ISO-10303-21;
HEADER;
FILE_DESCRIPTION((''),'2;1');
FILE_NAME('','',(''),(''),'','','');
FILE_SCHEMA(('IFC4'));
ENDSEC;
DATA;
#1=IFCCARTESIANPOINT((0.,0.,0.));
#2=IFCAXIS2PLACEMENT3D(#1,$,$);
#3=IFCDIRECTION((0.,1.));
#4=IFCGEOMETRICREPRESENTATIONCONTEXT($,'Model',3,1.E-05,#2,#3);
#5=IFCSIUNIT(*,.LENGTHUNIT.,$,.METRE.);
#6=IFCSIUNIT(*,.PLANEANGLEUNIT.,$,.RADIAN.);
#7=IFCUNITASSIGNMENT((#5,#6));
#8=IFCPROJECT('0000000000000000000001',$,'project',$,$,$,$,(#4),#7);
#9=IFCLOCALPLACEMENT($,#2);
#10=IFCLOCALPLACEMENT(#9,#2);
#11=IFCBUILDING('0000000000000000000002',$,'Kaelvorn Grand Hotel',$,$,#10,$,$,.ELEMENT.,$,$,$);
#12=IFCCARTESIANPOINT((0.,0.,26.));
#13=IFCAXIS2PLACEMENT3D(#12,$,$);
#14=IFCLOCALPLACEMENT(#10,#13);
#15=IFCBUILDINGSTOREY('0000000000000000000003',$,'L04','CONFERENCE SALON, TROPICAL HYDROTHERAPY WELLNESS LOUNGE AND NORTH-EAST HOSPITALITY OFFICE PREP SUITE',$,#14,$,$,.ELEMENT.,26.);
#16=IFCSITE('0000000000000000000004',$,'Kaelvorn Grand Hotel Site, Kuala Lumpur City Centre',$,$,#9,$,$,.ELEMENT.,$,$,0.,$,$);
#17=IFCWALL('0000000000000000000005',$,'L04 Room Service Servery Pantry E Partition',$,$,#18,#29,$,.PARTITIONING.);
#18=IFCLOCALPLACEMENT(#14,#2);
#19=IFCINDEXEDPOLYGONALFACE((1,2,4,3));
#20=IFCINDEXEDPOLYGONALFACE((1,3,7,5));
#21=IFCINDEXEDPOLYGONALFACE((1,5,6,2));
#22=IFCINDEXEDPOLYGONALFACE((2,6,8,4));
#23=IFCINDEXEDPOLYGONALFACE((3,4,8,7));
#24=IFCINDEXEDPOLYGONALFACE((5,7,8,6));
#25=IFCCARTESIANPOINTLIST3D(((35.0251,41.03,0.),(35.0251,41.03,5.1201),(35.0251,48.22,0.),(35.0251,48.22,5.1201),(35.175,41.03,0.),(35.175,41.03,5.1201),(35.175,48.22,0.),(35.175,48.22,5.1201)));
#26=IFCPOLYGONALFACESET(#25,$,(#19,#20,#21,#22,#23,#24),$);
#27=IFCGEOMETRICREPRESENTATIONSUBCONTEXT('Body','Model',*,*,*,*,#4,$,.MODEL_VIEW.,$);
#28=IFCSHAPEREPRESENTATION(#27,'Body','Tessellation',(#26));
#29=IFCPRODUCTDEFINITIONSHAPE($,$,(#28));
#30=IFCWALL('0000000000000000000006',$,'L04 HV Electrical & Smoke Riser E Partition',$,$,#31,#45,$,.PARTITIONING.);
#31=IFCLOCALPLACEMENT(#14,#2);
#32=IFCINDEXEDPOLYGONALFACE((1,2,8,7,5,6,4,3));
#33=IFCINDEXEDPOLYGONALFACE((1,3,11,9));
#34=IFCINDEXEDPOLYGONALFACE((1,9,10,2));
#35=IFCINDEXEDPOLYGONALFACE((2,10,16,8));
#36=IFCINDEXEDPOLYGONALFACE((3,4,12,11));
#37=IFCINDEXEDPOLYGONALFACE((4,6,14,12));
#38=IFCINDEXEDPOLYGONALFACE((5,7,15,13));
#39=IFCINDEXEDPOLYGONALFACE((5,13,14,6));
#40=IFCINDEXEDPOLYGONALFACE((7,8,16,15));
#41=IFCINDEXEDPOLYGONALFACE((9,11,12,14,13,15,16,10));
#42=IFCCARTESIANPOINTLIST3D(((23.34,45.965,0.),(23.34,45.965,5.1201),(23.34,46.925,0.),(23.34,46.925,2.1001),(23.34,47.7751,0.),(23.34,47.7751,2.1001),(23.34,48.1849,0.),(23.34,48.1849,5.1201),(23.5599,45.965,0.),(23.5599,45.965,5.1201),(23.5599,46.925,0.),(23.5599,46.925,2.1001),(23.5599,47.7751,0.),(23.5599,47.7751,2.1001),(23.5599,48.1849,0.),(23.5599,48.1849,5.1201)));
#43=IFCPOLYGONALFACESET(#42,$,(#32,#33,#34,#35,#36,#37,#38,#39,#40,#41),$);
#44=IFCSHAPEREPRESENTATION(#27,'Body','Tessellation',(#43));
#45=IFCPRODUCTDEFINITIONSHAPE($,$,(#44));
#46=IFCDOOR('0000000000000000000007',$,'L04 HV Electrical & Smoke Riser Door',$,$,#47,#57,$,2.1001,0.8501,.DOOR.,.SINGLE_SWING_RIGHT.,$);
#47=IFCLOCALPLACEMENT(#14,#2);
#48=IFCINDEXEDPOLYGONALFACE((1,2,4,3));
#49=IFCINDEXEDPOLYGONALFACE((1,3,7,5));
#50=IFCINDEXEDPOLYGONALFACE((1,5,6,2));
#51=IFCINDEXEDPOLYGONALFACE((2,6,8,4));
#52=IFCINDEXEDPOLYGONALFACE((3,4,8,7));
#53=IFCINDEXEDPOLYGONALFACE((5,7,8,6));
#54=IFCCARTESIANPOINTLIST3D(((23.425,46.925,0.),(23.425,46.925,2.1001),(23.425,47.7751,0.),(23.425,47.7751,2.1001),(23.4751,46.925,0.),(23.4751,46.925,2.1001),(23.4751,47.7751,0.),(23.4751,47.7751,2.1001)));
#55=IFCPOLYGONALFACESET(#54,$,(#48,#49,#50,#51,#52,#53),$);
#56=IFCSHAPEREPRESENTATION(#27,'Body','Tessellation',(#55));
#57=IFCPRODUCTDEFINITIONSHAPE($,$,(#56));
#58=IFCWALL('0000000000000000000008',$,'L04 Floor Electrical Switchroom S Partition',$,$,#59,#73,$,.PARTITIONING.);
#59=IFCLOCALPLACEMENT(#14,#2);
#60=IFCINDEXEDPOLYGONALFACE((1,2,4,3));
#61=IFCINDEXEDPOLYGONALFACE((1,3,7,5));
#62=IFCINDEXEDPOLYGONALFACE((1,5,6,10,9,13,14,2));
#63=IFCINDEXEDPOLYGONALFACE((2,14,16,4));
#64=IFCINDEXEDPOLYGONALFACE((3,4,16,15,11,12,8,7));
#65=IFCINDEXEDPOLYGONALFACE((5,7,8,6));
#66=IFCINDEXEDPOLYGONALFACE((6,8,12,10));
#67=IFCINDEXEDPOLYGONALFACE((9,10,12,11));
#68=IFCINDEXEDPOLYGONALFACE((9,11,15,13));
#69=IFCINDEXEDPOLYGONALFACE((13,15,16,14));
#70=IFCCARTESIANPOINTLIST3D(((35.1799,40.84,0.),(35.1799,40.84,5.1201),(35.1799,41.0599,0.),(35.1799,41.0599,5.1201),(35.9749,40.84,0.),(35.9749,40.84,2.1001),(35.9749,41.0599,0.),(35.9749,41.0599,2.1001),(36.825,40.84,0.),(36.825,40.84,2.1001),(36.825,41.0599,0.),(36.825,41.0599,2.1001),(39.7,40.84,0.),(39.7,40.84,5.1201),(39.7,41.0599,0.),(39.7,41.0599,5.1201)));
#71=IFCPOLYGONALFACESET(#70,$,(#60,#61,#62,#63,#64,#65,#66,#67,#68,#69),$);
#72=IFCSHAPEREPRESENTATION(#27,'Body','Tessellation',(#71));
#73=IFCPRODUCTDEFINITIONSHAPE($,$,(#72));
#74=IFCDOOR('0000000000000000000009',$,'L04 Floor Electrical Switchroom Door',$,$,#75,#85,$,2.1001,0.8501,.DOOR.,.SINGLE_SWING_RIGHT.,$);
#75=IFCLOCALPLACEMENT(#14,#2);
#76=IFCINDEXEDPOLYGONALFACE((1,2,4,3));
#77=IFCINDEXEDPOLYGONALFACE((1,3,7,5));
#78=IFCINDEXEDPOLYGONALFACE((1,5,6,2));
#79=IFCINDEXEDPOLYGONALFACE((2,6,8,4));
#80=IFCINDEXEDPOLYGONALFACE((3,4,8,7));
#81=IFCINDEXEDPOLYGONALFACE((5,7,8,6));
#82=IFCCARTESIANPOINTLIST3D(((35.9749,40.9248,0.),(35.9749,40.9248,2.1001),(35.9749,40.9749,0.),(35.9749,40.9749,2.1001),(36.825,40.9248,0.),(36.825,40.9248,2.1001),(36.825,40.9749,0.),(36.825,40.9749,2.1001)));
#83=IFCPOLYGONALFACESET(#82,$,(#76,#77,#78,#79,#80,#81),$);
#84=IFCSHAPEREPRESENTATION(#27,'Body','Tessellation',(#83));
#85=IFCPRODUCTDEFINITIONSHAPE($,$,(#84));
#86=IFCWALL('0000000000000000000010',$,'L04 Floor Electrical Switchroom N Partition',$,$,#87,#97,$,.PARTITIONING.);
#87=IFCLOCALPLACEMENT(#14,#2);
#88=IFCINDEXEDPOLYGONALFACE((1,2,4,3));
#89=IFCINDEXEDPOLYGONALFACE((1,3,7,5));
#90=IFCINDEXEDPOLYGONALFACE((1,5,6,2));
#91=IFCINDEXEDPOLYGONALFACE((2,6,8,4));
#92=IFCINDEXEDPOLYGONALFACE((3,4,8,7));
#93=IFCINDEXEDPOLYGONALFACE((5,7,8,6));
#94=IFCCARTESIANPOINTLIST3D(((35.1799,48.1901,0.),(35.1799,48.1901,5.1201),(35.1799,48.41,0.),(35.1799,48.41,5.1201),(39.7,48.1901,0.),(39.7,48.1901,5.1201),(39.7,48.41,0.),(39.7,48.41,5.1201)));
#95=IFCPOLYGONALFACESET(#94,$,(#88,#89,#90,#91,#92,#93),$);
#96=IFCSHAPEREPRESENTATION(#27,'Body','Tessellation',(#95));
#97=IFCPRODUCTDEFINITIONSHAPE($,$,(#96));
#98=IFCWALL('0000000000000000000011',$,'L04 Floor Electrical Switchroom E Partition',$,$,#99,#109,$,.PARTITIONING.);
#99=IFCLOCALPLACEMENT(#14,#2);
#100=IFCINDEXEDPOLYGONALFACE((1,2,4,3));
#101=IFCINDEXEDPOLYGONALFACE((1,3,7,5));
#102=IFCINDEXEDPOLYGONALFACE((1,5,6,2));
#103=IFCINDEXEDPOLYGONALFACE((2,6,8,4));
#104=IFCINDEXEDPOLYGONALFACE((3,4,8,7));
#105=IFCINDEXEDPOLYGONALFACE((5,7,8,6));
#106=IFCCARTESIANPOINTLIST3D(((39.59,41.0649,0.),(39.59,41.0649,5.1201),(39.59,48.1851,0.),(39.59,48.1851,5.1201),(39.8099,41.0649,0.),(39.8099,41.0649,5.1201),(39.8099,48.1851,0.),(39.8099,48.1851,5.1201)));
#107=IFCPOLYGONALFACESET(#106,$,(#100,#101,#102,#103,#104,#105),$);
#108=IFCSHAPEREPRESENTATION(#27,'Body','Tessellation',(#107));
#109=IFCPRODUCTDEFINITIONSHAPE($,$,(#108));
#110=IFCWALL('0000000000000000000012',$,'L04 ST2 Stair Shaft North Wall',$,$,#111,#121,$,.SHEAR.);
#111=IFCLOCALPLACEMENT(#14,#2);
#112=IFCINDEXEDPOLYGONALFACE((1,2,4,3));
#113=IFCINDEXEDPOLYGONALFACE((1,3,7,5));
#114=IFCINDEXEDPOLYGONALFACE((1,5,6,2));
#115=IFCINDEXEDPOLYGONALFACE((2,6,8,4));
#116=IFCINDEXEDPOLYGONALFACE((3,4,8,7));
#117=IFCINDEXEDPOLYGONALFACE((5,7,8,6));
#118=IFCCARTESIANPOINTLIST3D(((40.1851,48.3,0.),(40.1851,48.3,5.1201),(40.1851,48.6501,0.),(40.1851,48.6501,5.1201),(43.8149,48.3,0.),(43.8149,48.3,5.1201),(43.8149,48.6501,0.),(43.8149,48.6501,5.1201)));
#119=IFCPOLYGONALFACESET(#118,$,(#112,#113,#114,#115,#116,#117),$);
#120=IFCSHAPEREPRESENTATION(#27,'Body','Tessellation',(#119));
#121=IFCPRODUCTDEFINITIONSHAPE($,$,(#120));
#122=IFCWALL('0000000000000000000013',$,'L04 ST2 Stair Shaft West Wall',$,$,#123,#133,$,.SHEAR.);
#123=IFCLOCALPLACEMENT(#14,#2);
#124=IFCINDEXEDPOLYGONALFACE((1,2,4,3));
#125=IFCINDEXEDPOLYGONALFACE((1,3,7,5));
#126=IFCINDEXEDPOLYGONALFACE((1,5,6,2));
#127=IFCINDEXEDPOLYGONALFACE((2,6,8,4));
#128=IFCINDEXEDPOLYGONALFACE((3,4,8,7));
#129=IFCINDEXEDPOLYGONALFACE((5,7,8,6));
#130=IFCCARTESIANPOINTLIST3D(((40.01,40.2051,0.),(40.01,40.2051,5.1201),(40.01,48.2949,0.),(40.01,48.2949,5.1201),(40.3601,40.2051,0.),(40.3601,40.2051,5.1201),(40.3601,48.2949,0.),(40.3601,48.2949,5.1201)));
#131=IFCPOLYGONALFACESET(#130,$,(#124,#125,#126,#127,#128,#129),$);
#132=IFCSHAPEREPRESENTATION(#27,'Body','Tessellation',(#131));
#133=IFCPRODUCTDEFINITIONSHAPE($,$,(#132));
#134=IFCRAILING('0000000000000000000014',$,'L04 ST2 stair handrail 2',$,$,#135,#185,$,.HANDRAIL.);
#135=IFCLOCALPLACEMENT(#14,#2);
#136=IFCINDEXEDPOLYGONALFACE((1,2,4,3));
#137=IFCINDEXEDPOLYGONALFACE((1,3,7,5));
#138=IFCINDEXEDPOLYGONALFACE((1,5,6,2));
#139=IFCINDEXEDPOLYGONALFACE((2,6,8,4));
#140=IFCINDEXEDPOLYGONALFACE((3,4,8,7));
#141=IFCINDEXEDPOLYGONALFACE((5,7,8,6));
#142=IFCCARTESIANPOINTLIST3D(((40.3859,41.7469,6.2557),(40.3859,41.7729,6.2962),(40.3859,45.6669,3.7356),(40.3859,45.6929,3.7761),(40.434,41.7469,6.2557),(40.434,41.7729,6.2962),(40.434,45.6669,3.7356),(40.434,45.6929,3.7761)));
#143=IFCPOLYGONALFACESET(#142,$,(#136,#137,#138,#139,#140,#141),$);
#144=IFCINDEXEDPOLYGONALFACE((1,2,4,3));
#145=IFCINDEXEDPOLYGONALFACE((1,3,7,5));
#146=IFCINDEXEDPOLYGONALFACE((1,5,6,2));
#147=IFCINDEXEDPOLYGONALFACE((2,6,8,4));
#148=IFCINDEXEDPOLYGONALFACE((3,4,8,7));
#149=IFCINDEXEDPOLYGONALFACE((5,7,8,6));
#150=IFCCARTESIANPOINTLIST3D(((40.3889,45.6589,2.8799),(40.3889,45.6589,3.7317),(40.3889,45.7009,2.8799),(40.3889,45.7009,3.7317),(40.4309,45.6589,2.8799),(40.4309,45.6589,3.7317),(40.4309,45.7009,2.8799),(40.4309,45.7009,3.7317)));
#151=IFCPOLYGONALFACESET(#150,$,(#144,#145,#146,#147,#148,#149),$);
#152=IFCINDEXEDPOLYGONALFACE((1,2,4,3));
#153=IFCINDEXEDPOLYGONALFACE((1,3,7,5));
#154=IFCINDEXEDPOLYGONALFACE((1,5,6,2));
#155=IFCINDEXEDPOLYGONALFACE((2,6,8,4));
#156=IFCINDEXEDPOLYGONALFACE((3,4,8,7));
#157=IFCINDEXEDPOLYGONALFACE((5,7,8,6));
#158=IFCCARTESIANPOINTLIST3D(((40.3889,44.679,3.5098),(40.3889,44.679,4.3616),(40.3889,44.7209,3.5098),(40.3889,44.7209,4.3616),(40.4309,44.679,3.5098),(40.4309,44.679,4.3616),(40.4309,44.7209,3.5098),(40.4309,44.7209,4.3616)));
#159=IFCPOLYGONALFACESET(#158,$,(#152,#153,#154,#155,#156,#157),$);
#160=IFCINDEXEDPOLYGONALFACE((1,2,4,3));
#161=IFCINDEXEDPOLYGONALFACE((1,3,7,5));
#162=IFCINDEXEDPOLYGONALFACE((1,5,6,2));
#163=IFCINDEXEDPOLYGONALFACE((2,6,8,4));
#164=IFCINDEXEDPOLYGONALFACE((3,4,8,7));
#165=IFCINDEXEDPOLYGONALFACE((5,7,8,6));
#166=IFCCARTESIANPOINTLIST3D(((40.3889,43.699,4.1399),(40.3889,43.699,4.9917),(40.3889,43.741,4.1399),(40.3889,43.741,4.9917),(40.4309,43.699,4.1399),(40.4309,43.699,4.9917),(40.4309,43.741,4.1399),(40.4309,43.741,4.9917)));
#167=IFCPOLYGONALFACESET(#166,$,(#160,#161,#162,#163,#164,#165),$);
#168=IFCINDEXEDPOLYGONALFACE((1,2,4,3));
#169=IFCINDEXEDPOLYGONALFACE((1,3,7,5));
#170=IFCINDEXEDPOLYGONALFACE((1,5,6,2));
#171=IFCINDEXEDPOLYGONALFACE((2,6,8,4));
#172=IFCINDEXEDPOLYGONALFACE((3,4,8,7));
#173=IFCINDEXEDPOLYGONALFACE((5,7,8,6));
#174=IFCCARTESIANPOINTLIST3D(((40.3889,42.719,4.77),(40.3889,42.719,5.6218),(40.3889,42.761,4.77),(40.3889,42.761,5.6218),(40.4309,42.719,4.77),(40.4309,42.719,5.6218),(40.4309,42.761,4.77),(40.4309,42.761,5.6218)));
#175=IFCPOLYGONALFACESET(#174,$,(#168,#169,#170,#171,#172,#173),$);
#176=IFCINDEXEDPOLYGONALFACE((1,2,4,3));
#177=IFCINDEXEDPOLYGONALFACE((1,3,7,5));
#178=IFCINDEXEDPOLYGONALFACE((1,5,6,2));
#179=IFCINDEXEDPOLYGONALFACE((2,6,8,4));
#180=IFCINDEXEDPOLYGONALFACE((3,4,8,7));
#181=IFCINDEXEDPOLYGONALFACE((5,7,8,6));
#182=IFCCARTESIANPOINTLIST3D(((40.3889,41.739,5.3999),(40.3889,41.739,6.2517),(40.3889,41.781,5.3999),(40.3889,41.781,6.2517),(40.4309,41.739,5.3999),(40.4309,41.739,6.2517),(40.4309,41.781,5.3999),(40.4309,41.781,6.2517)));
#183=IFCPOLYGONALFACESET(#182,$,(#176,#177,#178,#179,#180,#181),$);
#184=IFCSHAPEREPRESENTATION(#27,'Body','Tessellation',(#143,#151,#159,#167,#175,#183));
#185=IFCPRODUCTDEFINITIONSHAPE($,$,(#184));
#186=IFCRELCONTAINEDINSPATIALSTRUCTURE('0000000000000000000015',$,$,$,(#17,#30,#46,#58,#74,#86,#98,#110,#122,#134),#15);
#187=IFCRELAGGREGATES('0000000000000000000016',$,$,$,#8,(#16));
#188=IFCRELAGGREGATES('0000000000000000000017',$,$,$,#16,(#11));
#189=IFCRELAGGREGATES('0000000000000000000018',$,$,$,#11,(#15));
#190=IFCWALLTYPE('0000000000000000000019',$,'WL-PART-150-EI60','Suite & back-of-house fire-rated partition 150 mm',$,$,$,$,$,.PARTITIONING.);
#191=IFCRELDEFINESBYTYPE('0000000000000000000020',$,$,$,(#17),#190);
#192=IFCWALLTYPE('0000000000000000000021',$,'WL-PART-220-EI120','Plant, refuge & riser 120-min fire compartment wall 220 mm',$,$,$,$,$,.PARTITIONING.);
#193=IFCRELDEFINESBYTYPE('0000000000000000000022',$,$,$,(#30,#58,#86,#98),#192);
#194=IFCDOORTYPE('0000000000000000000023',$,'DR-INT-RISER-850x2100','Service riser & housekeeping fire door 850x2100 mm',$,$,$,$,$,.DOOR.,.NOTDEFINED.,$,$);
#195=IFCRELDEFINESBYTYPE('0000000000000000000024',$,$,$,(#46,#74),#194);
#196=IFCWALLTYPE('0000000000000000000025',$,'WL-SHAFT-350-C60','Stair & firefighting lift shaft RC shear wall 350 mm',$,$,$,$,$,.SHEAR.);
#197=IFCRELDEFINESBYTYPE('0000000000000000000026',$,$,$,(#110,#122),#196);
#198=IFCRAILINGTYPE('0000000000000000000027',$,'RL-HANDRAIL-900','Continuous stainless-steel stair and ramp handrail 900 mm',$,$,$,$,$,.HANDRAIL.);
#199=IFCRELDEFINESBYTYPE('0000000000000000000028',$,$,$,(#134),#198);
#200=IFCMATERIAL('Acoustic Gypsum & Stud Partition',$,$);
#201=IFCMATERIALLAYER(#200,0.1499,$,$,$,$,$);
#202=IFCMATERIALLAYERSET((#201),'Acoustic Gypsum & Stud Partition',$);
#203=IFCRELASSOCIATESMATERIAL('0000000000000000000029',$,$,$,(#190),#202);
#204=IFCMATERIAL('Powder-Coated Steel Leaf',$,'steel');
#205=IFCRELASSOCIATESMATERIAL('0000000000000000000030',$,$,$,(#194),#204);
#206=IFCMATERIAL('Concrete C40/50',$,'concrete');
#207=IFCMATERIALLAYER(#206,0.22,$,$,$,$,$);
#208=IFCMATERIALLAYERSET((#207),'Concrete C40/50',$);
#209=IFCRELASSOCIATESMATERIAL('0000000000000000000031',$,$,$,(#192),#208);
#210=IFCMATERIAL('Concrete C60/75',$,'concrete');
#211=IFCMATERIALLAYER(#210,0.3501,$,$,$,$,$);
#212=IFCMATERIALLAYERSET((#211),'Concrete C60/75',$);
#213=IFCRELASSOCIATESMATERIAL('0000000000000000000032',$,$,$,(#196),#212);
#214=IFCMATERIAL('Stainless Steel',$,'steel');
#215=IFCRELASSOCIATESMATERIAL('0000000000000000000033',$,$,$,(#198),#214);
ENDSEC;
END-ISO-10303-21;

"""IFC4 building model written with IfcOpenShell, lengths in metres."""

from ifc_helpers import new_model, si_unit, direction, frame, frame_2d, origin, origin_2d, place, context, subcontext, project, spatial, rectangle, extrude, material, layer, layer_set, type_object, element, fill, save


model = new_model("IFC4")

# Units and contexts
model_context = context("Model", 3, precision=1e-05, world=origin(), true_north=direction((0.0, 1.0)))
body_context = subcontext(model_context, "Body", "Model", "MODEL_VIEW")
ifc_project = project(units=[si_unit("LENGTHUNIT", "METRE"), si_unit("PLANEANGLEUNIT", "RADIAN")], contexts=[model_context])

# Site, building, storey
site_placement = place(None, origin())
site = spatial("IfcSite", under=ifc_project, at=site_placement, Name="Kaelvorn Grand Hotel Site, Kuala Lumpur City Centre", CompositionType="ELEMENT", RefElevation=0.0)
building_placement = place(site_placement, origin())
building = spatial("IfcBuilding", under=site, at=building_placement, Name="Kaelvorn Grand Hotel", CompositionType="ELEMENT")
storey_placement = place(building_placement, frame((0.0, 0.0, 26.0)))
storey = spatial("IfcBuildingStorey", under=building, at=storey_placement, Name="L04", Description="CONFERENCE SALON, TROPICAL HYDROTHERAPY WELLNESS LOUNGE AND NORTH-EAST HOSPITALITY OFFICE PREP SUITE", CompositionType="ELEMENT", Elevation=26.0)

# Shared definitions
ifc_material_1 = material(Name="Concrete C60/75", Category="concrete")

# Shared definitions
ifc_material_2 = material(Name="Acoustic Gypsum & Stud Partition")
ifc_layer_1 = layer(ifc_material_2, 0.1499)
ifc_layer_set_1 = layer_set([ifc_layer_1], Name="Acoustic Gypsum & Stud Partition")
wall_type_1 = type_object("IfcWallType", Name="WL-PART-150-EI60", Description="Suite & back-of-house fire-rated partition 150 mm", PredefinedType="PARTITIONING", material=ifc_layer_set_1)
ifc_material_3 = material(Name="Powder-Coated Steel Leaf", Category="steel")
door_type_1 = type_object("IfcDoorType", Name="DR-INT-RISER-850x2100", Description="Service riser & housekeeping fire door 850x2100 mm", OperationType="NOTDEFINED", PredefinedType="DOOR", material=ifc_material_3)

# Wall
wall_1_placement = place(storey_placement, frame((35.1001, 41.03, 0.0), z_axis=(0.0, 0.0, 1.0), x_axis=(0.0, 1.0, 0.0)))
element("IfcWall", 1, at=wall_1_placement, inside=storey, type_object=wall_type_1, Name="L04 Room Service Servery Pantry E Partition", PredefinedType="PARTITIONING", context=body_context, shape_type="SweptSolid", body=[
    extrude(rectangle(XDim=7.1899, YDim=0.1499, at=frame_2d((3.595, 0.0))), origin(), (0.0, 0.0, 1.0), 5.1201),
])

# Walls, openings, doors
ifc_material_4 = material(Name="Concrete C40/50", Category="concrete")
ifc_layer_2 = layer(ifc_material_4, 0.22)
ifc_layer_set_2 = layer_set([ifc_layer_2], Name="Concrete C40/50")
wall_type_2 = type_object("IfcWallType", Name="WL-PART-220-EI120", Description="Plant, refuge & riser 120-min fire compartment wall 220 mm", PredefinedType="PARTITIONING", material=ifc_layer_set_2)
wall_2_placement = place(storey_placement, frame((23.45, 45.9651, 0.0), z_axis=(0.0, 0.0, 1.0), x_axis=(0.0, 1.0, 0.0)))
wall_2 = element("IfcWall", 2, at=wall_2_placement, inside=storey, type_object=wall_type_2, Name="L04 HV Electrical & Smoke Riser E Partition", PredefinedType="PARTITIONING", context=body_context, shape_type="SweptSolid", body=[
    extrude(rectangle(XDim=2.22, YDim=0.22, at=frame_2d((1.1099, 0.0))), origin(), (0.0, 0.0, 1.0), 5.1201),
])
opening_1_placement = place(wall_2_placement, frame((0.96, 0.0, 0.0)))
opening_1 = element("IfcOpeningElement", 3, at=opening_1_placement, cuts=wall_2, PredefinedType="OPENING", context=body_context, shape_type="SweptSolid", body=[
    extrude(rectangle(XDim=0.8501, YDim=2.1001, at=frame_2d((0.425, 1.05))), frame((0.0, 0.1201, 0.0), z_axis=(0.0, -1.0, 0.0), x_axis=(1.0, 0.0, 0.0)), (0.0, 0.0, 1.0), 0.24),
])
door_1_placement = place(opening_1_placement, origin())
door_1 = element("IfcDoor", 4, at=door_1_placement, inside=storey, type_object=door_type_1, Name="L04 HV Electrical & Smoke Riser Door", OperationType="SINGLE_SWING_RIGHT", OverallHeight=2.1001, OverallWidth=0.8501, PredefinedType="DOOR", context=body_context, shape_type="SweptSolid", body=[
    extrude(rectangle(XDim=0.8501, YDim=2.1001, at=frame_2d((0.425, 1.05))), frame((0.0, 0.0249, 0.0), z_axis=(0.0, -1.0, 0.0), x_axis=(1.0, 0.0, 0.0)), (0.0, 0.0, 1.0), 0.05),
])
fill(opening_1, door_1)
wall_3_placement = place(storey_placement, frame((35.1799, 40.95, 0.0), z_axis=(0.0, 0.0, 1.0), x_axis=(1.0, 0.0, 0.0)))
wall_3 = element("IfcWall", 5, at=wall_3_placement, inside=storey, type_object=wall_type_2, Name="L04 Floor Electrical Switchroom S Partition", PredefinedType="PARTITIONING", context=body_context, shape_type="SweptSolid", body=[
    extrude(rectangle(XDim=4.52, YDim=0.22, at=frame_2d((2.26, 0.0))), origin(), (0.0, 0.0, 1.0), 5.1201),
])
opening_2_placement = place(wall_3_placement, frame((0.7949, 0.0, 0.0)))
opening_2 = element("IfcOpeningElement", 6, at=opening_2_placement, cuts=wall_3, PredefinedType="OPENING", context=body_context, shape_type="SweptSolid", body=[
    extrude(rectangle(XDim=0.8501, YDim=2.1001, at=frame_2d((0.425, 1.05))), frame((0.0, 0.1201, 0.0), z_axis=(0.0, -1.0, 0.0), x_axis=(1.0, 0.0, 0.0)), (0.0, 0.0, 1.0), 0.24),
])
door_2_placement = place(opening_2_placement, origin())
door_2 = element("IfcDoor", 7, at=door_2_placement, inside=storey, type_object=door_type_1, Name="L04 Floor Electrical Switchroom Door", OperationType="SINGLE_SWING_RIGHT", OverallHeight=2.1001, OverallWidth=0.8501, PredefinedType="DOOR", context=body_context, shape_type="SweptSolid", body=[
    extrude(rectangle(XDim=0.8501, YDim=2.1001, at=frame_2d((0.425, 1.05))), frame((0.0, 0.0249, 0.0), z_axis=(0.0, -1.0, 0.0), x_axis=(1.0, 0.0, 0.0)), (0.0, 0.0, 1.0), 0.05),
])
fill(opening_2, door_2)

# Walls
wall_4_placement = place(storey_placement, frame((35.1799, 48.3, 0.0), z_axis=(0.0, 0.0, 1.0), x_axis=(1.0, 0.0, 0.0)))
element("IfcWall", 8, at=wall_4_placement, inside=storey, type_object=wall_type_2, Name="L04 Floor Electrical Switchroom N Partition", PredefinedType="PARTITIONING", context=body_context, shape_type="SweptSolid", body=[
    extrude(rectangle(XDim=4.52, YDim=0.22, at=frame_2d((2.26, 0.0))), origin(), (0.0, 0.0, 1.0), 5.1201),
])
wall_5_placement = place(storey_placement, frame((39.7, 41.0649, 0.0), z_axis=(0.0, 0.0, 1.0), x_axis=(0.0, 1.0, 0.0)))
element("IfcWall", 9, at=wall_5_placement, inside=storey, type_object=wall_type_2, Name="L04 Floor Electrical Switchroom E Partition", PredefinedType="PARTITIONING", context=body_context, shape_type="SweptSolid", body=[
    extrude(rectangle(XDim=7.1201, YDim=0.22, at=frame_2d((3.5601, 0.0))), origin(), (0.0, 0.0, 1.0), 5.1201),
])
ifc_layer_3 = layer(ifc_material_1, 0.3501)
ifc_layer_set_3 = layer_set([ifc_layer_3], Name="Concrete C60/75")
wall_type_3 = type_object("IfcWallType", Name="WL-SHAFT-350-C60", Description="Stair & firefighting lift shaft RC shear wall 350 mm", PredefinedType="SHEAR", material=ifc_layer_set_3)
wall_6_placement = place(storey_placement, frame((40.1851, 48.4751, 0.0), z_axis=(0.0, 0.0, 1.0), x_axis=(1.0, 0.0, 0.0)))
element("IfcWall", 10, at=wall_6_placement, inside=storey, type_object=wall_type_3, Name="L04 ST2 Stair Shaft North Wall", PredefinedType="SHEAR", context=body_context, shape_type="SweptSolid", body=[
    extrude(rectangle(XDim=3.6299, YDim=0.3501, at=frame_2d((1.8149, 0.0))), origin(), (0.0, 0.0, 1.0), 5.1201),
])
wall_7_placement = place(storey_placement, frame((40.1851, 40.2051, 0.0), z_axis=(0.0, 0.0, 1.0), x_axis=(0.0, 1.0, 0.0)))
element("IfcWall", 11, at=wall_7_placement, inside=storey, type_object=wall_type_3, Name="L04 ST2 Stair Shaft West Wall", PredefinedType="SHEAR", context=body_context, shape_type="SweptSolid", body=[
    extrude(rectangle(XDim=8.0898, YDim=0.3501, at=frame_2d((4.0449, 0.0))), origin(), (0.0, 0.0, 1.0), 5.1201),
])

# Railing
ifc_material_5 = material(Name="Stainless Steel", Category="steel")
railing_type = type_object("IfcRailingType", Name="RL-HANDRAIL-900", Description="Continuous stainless-steel stair and ramp handrail 900 mm", PredefinedType="HANDRAIL", material=ifc_material_5)
railing_placement = place(storey_placement, frame((40.4099, 45.6799, 2.8799)))
element("IfcRailing", 12, at=railing_placement, inside=storey, type_object=railing_type, Name="L04 ST2 stair handrail 2", PredefinedType="HANDRAIL", context=body_context, shape_type="SweptSolid", body=[
    extrude(rectangle(XDim=0.0481, YDim=0.0481, at=origin_2d()), frame((0.0, 0.0, 0.876), z_axis=(0.0, -0.841172, 0.540768), x_axis=(1.0, 0.0, 0.0)), (0.0, 0.0, 1.0), 4.6602),
    extrude(rectangle(XDim=0.042, YDim=0.042, at=origin_2d()), origin(), (0.0, 0.0, 1.0), 0.8518),
    extrude(rectangle(XDim=0.042, YDim=0.042, at=origin_2d()), frame((0.0, -0.98, 0.6299)), (0.0, 0.0, 1.0), 0.8518),
    extrude(rectangle(XDim=0.042, YDim=0.042, at=origin_2d()), frame((0.0, -1.96, 1.26)), (0.0, 0.0, 1.0), 0.8518),
    extrude(rectangle(XDim=0.042, YDim=0.042, at=origin_2d()), frame((0.0, -2.9399, 1.8901)), (0.0, 0.0, 1.0), 0.8518),
    extrude(rectangle(XDim=0.042, YDim=0.042, at=origin_2d()), frame((0.0, -3.9199, 2.52)), (0.0, 0.0, 1.0), 0.8518),
])

save(model, "model.ifc")
